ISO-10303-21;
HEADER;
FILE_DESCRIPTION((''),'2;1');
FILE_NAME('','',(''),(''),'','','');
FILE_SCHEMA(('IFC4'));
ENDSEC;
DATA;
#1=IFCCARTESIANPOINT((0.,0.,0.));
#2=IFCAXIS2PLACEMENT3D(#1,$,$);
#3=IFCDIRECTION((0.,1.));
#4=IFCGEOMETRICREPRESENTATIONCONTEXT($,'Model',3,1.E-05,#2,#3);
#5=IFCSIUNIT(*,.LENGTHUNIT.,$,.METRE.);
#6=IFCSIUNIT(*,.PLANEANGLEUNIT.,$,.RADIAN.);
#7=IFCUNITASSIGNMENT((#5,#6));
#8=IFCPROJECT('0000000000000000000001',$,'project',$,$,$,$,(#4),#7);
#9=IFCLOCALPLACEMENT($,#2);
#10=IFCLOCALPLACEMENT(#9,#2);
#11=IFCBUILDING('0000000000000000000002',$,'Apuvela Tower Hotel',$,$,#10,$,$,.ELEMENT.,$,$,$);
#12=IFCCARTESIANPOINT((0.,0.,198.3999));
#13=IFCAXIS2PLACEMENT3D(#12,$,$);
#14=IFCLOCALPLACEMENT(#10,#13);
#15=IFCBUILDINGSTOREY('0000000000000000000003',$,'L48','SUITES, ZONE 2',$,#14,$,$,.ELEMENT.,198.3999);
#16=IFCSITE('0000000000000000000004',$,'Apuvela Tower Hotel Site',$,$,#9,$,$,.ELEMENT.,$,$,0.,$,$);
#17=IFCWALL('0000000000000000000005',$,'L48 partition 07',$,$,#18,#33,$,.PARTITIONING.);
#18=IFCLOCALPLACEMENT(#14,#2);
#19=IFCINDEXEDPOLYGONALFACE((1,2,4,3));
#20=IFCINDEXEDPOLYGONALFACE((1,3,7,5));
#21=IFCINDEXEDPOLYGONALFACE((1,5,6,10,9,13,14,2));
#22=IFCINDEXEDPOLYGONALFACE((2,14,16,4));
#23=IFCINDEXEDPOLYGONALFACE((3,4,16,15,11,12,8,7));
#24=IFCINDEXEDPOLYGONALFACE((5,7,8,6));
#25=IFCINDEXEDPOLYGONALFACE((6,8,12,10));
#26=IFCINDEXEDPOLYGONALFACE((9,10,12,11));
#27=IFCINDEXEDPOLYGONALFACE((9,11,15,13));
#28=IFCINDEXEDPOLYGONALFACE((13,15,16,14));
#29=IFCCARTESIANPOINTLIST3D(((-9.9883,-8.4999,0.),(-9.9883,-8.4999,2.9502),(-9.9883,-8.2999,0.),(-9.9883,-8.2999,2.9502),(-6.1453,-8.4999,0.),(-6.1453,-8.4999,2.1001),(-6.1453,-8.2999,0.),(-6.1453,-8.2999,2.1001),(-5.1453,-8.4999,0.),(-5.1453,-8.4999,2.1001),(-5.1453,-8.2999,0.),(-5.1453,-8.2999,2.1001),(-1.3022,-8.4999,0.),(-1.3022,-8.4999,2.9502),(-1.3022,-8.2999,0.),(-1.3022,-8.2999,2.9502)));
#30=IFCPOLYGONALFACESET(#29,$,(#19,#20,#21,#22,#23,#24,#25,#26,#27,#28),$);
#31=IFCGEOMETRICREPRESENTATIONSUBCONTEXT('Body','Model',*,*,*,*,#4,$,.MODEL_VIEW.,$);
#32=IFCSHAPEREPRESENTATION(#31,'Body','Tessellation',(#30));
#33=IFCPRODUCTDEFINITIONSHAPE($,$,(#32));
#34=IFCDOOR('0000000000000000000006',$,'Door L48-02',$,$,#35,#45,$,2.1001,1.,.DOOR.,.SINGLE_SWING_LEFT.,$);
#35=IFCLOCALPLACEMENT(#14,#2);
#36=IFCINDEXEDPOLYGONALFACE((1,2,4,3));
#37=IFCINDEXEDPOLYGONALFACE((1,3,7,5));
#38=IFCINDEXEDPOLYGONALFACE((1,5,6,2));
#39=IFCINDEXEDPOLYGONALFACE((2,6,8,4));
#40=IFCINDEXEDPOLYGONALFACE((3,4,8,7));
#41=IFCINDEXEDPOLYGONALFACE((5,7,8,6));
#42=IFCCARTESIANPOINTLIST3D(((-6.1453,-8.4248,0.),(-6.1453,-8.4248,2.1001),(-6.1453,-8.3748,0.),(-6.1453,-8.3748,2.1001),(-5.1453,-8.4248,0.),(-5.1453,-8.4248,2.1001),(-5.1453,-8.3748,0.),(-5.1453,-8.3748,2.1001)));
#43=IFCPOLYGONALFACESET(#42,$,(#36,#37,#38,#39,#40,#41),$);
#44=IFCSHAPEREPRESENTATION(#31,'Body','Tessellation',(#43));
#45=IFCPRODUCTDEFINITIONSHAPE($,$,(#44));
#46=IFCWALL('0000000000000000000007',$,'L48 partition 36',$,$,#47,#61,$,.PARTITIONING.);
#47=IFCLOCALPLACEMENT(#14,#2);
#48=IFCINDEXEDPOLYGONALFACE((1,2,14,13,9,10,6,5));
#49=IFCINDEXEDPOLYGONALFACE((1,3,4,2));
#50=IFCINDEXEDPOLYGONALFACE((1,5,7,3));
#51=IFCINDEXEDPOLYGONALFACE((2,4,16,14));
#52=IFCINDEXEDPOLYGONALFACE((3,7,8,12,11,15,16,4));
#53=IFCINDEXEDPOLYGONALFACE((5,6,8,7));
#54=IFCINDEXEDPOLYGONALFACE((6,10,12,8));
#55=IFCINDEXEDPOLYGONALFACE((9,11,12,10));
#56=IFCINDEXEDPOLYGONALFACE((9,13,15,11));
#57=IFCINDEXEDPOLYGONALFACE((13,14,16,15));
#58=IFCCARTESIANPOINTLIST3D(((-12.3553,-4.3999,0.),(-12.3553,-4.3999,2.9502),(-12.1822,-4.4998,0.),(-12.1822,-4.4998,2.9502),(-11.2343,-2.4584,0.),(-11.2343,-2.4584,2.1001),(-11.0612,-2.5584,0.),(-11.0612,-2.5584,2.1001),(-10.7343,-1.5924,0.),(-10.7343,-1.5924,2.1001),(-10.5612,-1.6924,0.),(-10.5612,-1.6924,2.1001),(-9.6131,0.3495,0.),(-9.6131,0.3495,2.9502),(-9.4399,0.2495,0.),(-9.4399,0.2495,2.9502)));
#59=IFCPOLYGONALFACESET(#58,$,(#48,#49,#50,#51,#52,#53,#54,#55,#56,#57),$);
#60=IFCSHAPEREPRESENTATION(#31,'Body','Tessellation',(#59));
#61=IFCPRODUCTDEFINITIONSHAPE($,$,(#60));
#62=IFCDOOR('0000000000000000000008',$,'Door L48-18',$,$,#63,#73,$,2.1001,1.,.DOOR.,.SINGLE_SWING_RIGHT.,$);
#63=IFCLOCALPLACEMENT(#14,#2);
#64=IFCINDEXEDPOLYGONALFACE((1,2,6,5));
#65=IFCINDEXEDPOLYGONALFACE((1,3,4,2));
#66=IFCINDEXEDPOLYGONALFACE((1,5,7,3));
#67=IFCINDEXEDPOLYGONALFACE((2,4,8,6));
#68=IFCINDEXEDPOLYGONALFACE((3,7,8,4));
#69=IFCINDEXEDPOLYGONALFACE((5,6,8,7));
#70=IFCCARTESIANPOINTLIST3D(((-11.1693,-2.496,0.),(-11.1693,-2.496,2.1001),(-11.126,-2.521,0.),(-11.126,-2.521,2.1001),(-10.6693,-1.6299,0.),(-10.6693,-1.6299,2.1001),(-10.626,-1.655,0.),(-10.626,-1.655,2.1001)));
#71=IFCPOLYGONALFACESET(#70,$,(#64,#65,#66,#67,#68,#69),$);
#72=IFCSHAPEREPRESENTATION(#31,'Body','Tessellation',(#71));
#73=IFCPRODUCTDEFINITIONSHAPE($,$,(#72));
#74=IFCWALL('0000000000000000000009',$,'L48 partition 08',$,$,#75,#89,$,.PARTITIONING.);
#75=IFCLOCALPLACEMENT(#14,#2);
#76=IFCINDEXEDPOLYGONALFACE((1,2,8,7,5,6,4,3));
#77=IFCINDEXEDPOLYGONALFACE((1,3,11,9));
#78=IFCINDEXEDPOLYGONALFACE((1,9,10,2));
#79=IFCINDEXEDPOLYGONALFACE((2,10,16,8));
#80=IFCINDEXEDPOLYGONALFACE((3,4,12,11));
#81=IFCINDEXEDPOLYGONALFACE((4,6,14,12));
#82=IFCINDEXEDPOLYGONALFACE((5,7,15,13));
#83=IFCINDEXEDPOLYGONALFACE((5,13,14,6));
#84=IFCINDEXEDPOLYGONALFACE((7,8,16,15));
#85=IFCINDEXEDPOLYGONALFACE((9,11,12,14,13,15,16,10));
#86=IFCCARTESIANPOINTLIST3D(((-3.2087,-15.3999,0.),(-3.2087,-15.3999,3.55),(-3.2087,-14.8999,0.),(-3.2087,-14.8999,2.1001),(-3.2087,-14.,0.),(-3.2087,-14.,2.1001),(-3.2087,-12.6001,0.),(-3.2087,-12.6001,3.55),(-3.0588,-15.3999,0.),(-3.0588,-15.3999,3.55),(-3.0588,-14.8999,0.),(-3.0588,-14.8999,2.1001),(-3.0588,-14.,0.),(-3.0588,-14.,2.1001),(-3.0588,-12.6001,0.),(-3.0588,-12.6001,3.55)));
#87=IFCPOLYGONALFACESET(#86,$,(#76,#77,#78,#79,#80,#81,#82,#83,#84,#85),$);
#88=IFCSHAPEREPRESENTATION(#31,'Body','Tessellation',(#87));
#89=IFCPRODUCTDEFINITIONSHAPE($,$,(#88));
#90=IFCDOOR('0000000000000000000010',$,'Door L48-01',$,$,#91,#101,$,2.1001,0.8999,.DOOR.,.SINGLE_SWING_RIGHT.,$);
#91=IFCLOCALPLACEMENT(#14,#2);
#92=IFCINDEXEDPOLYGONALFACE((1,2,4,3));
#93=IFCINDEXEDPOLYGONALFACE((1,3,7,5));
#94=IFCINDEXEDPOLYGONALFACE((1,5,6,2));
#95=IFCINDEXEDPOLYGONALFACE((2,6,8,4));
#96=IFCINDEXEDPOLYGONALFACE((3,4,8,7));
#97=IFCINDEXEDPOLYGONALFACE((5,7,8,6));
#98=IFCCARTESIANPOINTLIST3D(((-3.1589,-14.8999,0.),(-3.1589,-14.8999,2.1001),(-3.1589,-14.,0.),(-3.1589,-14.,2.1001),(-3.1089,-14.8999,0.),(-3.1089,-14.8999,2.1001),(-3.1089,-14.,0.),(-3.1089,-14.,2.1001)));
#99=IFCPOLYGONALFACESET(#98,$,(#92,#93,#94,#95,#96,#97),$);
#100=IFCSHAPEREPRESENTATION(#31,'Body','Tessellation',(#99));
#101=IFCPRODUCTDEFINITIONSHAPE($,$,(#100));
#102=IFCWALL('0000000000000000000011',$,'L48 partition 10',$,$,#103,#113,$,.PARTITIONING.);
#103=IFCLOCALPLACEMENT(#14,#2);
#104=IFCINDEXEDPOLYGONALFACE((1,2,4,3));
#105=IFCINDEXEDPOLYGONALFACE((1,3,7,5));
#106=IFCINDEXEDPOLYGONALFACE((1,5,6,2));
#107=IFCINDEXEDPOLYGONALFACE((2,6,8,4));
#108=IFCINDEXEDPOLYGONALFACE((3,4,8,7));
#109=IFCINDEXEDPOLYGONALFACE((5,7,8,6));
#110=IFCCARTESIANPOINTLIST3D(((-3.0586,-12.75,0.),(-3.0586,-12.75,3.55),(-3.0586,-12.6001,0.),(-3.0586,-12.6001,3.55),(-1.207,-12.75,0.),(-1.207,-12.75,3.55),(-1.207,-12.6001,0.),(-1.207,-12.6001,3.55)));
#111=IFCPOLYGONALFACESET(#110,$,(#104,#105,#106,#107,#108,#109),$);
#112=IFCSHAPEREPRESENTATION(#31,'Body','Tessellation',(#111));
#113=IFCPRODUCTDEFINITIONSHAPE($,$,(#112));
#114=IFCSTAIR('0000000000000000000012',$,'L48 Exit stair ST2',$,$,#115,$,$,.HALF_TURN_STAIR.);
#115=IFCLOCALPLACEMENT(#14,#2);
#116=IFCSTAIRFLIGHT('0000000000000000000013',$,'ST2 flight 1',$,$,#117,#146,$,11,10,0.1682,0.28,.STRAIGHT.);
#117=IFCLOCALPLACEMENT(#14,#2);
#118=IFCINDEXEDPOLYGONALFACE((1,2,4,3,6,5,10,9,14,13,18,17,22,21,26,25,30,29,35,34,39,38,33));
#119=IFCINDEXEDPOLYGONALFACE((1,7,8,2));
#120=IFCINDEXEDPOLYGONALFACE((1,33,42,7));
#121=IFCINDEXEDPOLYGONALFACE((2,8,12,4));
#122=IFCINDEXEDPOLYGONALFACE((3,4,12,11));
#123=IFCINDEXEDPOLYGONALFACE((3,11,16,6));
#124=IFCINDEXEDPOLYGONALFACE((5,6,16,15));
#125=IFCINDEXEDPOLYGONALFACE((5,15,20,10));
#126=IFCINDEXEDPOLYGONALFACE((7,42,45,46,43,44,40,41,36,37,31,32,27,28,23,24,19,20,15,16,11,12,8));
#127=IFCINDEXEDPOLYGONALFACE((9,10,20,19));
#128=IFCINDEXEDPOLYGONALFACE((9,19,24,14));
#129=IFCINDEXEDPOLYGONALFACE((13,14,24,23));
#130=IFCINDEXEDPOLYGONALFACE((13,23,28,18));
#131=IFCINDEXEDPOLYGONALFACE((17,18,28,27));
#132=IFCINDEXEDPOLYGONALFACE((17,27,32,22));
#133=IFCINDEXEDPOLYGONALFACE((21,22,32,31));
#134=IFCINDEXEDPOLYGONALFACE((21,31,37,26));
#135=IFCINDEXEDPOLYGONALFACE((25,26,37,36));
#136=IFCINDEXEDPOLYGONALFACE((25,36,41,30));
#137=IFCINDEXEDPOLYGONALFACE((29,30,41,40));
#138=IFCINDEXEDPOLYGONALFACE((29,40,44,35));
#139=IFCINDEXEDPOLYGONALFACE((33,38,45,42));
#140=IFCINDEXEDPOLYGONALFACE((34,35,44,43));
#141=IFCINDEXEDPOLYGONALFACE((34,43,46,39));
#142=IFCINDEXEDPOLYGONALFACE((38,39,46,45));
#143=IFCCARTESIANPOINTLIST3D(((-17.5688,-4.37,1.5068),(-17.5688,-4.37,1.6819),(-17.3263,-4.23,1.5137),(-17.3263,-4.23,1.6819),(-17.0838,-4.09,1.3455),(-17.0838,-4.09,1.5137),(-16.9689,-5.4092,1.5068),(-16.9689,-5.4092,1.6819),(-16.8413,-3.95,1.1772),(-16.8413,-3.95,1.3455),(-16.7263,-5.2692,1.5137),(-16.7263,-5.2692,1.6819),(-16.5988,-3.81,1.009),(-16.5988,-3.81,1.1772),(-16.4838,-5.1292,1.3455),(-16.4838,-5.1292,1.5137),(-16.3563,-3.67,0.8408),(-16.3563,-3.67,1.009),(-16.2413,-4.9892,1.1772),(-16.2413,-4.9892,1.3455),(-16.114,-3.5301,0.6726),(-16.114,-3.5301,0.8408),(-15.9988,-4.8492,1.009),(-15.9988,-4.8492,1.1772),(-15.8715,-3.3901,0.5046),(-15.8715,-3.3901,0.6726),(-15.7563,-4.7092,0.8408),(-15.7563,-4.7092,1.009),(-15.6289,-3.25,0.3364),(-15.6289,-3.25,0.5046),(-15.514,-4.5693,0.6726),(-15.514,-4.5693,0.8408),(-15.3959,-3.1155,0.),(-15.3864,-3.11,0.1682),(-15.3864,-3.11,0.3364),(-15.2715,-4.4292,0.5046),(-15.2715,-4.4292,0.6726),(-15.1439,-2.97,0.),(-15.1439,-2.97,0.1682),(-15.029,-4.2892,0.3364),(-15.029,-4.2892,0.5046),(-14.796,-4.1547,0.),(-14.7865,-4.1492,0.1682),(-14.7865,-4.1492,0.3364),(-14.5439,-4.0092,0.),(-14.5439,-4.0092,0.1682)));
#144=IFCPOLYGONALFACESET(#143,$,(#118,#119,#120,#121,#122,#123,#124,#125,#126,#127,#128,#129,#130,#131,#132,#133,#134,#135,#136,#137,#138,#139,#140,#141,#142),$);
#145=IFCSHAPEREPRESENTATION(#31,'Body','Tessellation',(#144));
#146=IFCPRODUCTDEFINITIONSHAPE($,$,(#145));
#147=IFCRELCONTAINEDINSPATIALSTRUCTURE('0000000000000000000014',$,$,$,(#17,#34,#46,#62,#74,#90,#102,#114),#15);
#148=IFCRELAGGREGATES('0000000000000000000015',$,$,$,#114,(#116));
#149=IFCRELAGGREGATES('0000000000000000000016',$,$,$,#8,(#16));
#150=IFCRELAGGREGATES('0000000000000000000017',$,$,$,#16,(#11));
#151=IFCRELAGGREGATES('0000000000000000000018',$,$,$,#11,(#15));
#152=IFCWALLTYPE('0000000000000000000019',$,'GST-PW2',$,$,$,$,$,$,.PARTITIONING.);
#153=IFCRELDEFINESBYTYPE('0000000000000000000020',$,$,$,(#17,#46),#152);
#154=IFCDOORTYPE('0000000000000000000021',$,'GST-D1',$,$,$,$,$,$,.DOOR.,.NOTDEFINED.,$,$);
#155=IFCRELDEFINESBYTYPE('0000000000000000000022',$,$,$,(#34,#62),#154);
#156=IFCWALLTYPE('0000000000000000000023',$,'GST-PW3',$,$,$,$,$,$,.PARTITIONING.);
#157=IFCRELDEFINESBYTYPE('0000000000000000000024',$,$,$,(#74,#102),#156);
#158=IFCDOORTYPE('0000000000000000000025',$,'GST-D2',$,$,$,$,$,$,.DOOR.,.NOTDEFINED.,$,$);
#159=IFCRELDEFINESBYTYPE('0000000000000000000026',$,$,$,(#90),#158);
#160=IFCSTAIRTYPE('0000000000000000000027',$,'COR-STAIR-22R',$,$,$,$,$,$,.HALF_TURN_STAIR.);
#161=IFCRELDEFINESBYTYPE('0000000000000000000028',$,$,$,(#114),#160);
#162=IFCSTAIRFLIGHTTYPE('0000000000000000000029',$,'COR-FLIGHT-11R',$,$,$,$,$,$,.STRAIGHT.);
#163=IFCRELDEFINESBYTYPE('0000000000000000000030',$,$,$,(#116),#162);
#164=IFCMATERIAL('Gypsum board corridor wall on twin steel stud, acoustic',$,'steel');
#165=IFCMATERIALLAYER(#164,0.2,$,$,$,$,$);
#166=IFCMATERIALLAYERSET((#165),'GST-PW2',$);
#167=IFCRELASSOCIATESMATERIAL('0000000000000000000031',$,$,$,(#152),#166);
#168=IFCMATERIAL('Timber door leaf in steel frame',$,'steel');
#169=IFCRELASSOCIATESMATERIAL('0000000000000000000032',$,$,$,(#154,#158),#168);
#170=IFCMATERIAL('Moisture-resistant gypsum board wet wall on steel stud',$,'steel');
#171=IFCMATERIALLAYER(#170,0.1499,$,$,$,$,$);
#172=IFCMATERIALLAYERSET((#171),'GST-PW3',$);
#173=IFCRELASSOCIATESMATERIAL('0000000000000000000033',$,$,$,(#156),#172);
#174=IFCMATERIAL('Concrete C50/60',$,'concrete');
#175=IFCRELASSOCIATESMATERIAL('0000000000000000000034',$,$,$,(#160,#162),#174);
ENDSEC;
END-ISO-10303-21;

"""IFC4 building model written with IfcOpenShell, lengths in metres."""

from ifc_helpers import new_model, si_unit, direction, frame, frame_2d, origin, place, context, subcontext, project, spatial, polyline, rectangle, outline, extrude, material, layer, layer_set, type_object, element, fill, aggregate, save


model = new_model("IFC4")

# Units and contexts
model_context = context("Model", 3, precision=1e-05, world=origin(), true_north=direction((0.0, 1.0)))
body_context = subcontext(model_context, "Body", "Model", "MODEL_VIEW")
ifc_project = project(units=[si_unit("LENGTHUNIT", "METRE"), si_unit("PLANEANGLEUNIT", "RADIAN")], contexts=[model_context])

# Site, building, storey
site_placement = place(None, origin())
site = spatial("IfcSite", under=ifc_project, at=site_placement, Name="Apuvela Tower Hotel Site", CompositionType="ELEMENT", RefElevation=0.0)
building_placement = place(site_placement, origin())
building = spatial("IfcBuilding", under=site, at=building_placement, Name="Apuvela Tower Hotel", CompositionType="ELEMENT")
storey_placement = place(building_placement, frame((0.0, 0.0, 198.3999)))
storey = spatial("IfcBuildingStorey", under=building, at=storey_placement, Name="L48", Description="SUITES, ZONE 2", CompositionType="ELEMENT", Elevation=198.3999)

# Shared definitions
ifc_material_1 = material(Name="Concrete C50/60", Category="concrete")

# Walls, openings, doors
ifc_material_2 = material(Name="Gypsum board corridor wall on twin steel stud, acoustic", Category="steel")
ifc_layer_1 = layer(ifc_material_2, 0.2)
ifc_layer_set_1 = layer_set([ifc_layer_1], Name="GST-PW2")
wall_type_1 = type_object("IfcWallType", Name="GST-PW2", PredefinedType="PARTITIONING", material=ifc_layer_set_1)
wall_1_placement = place(storey_placement, frame((-1.3022, -8.3999, 0.0), z_axis=(0.0, 0.0, 1.0), x_axis=(-1.0, 0.0, 0.0)))
wall_1 = element("IfcWall", 1, at=wall_1_placement, inside=storey, type_object=wall_type_1, Name="L48 partition 07", PredefinedType="PARTITIONING", context=body_context, shape_type="SweptSolid", body=[
    extrude(rectangle(XDim=8.686, YDim=0.2, at=frame_2d((4.343, 0.0))), origin(), (0.0, 0.0, 1.0), 2.9502),
])
opening_1_placement = place(wall_1_placement, frame((3.843, 0.0, 0.0)))
opening_1 = element("IfcOpeningElement", 2, at=opening_1_placement, cuts=wall_1, PredefinedType="OPENING", context=body_context, shape_type="SweptSolid", body=[
    extrude(rectangle(XDim=1.0, YDim=2.1001, at=frame_2d((0.5, 1.05))), frame((0.0, 0.1099, 0.0), z_axis=(0.0, -1.0, 0.0), x_axis=(1.0, 0.0, 0.0)), (0.0, 0.0, 1.0), 0.22),
])
ifc_material_3 = material(Name="Timber door leaf in steel frame", Category="steel")
door_type_1 = type_object("IfcDoorType", Name="GST-D1", OperationType="NOTDEFINED", PredefinedType="DOOR", material=ifc_material_3)
door_1_placement = place(opening_1_placement, origin())
door_1 = element("IfcDoor", 3, at=door_1_placement, inside=storey, type_object=door_type_1, Name="Door L48-02", OperationType="SINGLE_SWING_LEFT", OverallHeight=2.1001, OverallWidth=1.0, PredefinedType="DOOR", context=body_context, shape_type="SweptSolid", body=[
    extrude(rectangle(XDim=1.0, YDim=2.1001, at=frame_2d((0.5, 1.05))), frame((0.0, 0.0249, 0.0), z_axis=(0.0, -1.0, 0.0), x_axis=(1.0, 0.0, 0.0)), (0.0, 0.0, 1.0), 0.05),
])
fill(opening_1, door_1)
wall_2_placement = place(storey_placement, frame((-12.2688, -4.45, 0.0), z_axis=(0.0, 0.0, 1.0), x_axis=(0.500027, 0.86601, 0.0)))
wall_2 = element("IfcWall", 4, at=wall_2_placement, inside=storey, type_object=wall_type_1, Name="L48 partition 36", PredefinedType="PARTITIONING", context=body_context, shape_type="SweptSolid", body=[
    extrude(rectangle(XDim=5.4841, YDim=0.2, at=frame_2d((2.7422, 0.0))), origin(), (0.0, 0.0, 1.0), 2.9502),
])
opening_2_placement = place(wall_2_placement, frame((2.2419, 0.0, 0.0)))
opening_2 = element("IfcOpeningElement", 5, at=opening_2_placement, cuts=wall_2, PredefinedType="OPENING", context=body_context, shape_type="SweptSolid", body=[
    extrude(rectangle(XDim=1.0, YDim=2.1001, at=frame_2d((0.5, 1.05))), frame((0.0, 0.1099, 0.0), z_axis=(0.0, -1.0, 0.0), x_axis=(1.0, 0.0, 0.0)), (0.0, 0.0, 1.0), 0.22),
])
door_2_placement = place(opening_2_placement, origin())
door_2 = element("IfcDoor", 6, at=door_2_placement, inside=storey, type_object=door_type_1, Name="Door L48-18", OperationType="SINGLE_SWING_RIGHT", OverallHeight=2.1001, OverallWidth=1.0, PredefinedType="DOOR", context=body_context, shape_type="SweptSolid", body=[
    extrude(rectangle(XDim=1.0, YDim=2.1001, at=frame_2d((0.5, 1.05))), frame((0.0, 0.0249, 0.0), z_axis=(0.0, -1.0, 0.0), x_axis=(1.0, 0.0, 0.0)), (0.0, 0.0, 1.0), 0.05),
])
fill(opening_2, door_2)
ifc_material_4 = material(Name="Moisture-resistant gypsum board wet wall on steel stud", Category="steel")
ifc_layer_2 = layer(ifc_material_4, 0.1499)
ifc_layer_set_2 = layer_set([ifc_layer_2], Name="GST-PW3")
wall_type_2 = type_object("IfcWallType", Name="GST-PW3", PredefinedType="PARTITIONING", material=ifc_layer_set_2)
wall_3_placement = place(storey_placement, frame((-3.1338, -12.6001, 0.0), z_axis=(0.0, 0.0, 1.0), x_axis=(0.0, -1.0, 0.0)))
wall_3 = element("IfcWall", 7, at=wall_3_placement, inside=storey, type_object=wall_type_2, Name="L48 partition 08", PredefinedType="PARTITIONING", context=body_context, shape_type="SweptSolid", body=[
    extrude(rectangle(XDim=2.7998, YDim=0.1499, at=frame_2d((1.3999, 0.0))), origin(), (0.0, 0.0, 1.0), 3.55),
])
opening_3_placement = place(wall_3_placement, frame((1.3999, 0.0, 0.0)))
opening_3 = element("IfcOpeningElement", 8, at=opening_3_placement, cuts=wall_3, PredefinedType="OPENING", context=body_context, shape_type="SweptSolid", body=[
    extrude(rectangle(XDim=0.8999, YDim=2.1001, at=frame_2d((0.45, 1.05))), frame((0.0, 0.085, 0.0), z_axis=(0.0, -1.0, 0.0), x_axis=(1.0, 0.0, 0.0)), (0.0, 0.0, 1.0), 0.1699),
])
door_type_2 = type_object("IfcDoorType", Name="GST-D2", OperationType="NOTDEFINED", PredefinedType="DOOR", material=ifc_material_3)
door_3_placement = place(opening_3_placement, origin())
door_3 = element("IfcDoor", 9, at=door_3_placement, inside=storey, type_object=door_type_2, Name="Door L48-01", OperationType="SINGLE_SWING_RIGHT", OverallHeight=2.1001, OverallWidth=0.8999, PredefinedType="DOOR", context=body_context, shape_type="SweptSolid", body=[
    extrude(rectangle(XDim=0.8999, YDim=2.1001, at=frame_2d((0.45, 1.05))), frame((0.0, 0.0249, 0.0), z_axis=(0.0, -1.0, 0.0), x_axis=(1.0, 0.0, 0.0)), (0.0, 0.0, 1.0), 0.05),
])
fill(opening_3, door_3)

# Wall
wall_4_placement = place(storey_placement, frame((-3.0586, -12.675, 0.0), z_axis=(0.0, 0.0, 1.0), x_axis=(1.0, 0.0, 0.0)))
element("IfcWall", 10, at=wall_4_placement, inside=storey, type_object=wall_type_2, Name="L48 partition 10", PredefinedType="PARTITIONING", context=body_context, shape_type="SweptSolid", body=[
    extrude(rectangle(XDim=1.8516, YDim=0.1499, at=frame_2d((0.9258, 0.0))), origin(), (0.0, 0.0, 1.0), 3.55),
])

# Stair, stair flight
stair_type = type_object("IfcStairType", Name="COR-STAIR-22R", PredefinedType="HALF_TURN_STAIR", material=ifc_material_1)
stair_placement = place(storey_placement, origin())
stair = element("IfcStair", 11, at=stair_placement, inside=storey, type_object=stair_type, Name="L48 Exit stair ST2", PredefinedType="HALF_TURN_STAIR")
stair_flight_type = type_object("IfcStairFlightType", Name="COR-FLIGHT-11R", PredefinedType="STRAIGHT", material=ifc_material_1)
stair_flight_placement = place(storey_placement, frame((-14.844, -3.4895, 0.0), z_axis=(0.0, 0.0, 1.0), x_axis=(-0.866025, -0.5, 0.0)))
stair_flight = element("IfcStairFlight", 12, at=stair_flight_placement, type_object=stair_flight_type, Name="ST2 flight 1", NumberOfRisers=11, NumberOfTreads=10, PredefinedType="STRAIGHT", RiserHeight=0.1682, TreadLength=0.28, context=body_context, shape_type="SweptSolid", body=[
    extrude(outline(polyline([(0.0, 0.0), (0.0, 0.1682), (0.28, 0.1682), (0.28, 0.3364), (0.5601, 0.3364), (0.5601, 0.5046), (0.8401, 0.5046), (0.8401, 0.6726), (1.1201, 0.6726), (1.1201, 0.8408), (1.3999, 0.8408), (1.3999, 1.009), (1.6799, 1.009), (1.6799, 1.1772), (1.96, 1.1772), (1.96, 1.3455), (2.24, 1.3455), (2.24, 1.5137), (2.52, 1.5137), (2.52, 1.6819), (2.8, 1.6819), (2.8, 1.8501), (2.8, 1.5068), (0.291, 0.0), (0.0, 0.0)])), frame((0.0, 0.6001, 0.0), z_axis=(0.0, -1.0, 0.0), x_axis=(1.0, 0.0, 0.0)), (0.0, 0.0, 1.0), 1.2),
])
aggregate(stair, [stair_flight])

save(model, "model.ifc")
